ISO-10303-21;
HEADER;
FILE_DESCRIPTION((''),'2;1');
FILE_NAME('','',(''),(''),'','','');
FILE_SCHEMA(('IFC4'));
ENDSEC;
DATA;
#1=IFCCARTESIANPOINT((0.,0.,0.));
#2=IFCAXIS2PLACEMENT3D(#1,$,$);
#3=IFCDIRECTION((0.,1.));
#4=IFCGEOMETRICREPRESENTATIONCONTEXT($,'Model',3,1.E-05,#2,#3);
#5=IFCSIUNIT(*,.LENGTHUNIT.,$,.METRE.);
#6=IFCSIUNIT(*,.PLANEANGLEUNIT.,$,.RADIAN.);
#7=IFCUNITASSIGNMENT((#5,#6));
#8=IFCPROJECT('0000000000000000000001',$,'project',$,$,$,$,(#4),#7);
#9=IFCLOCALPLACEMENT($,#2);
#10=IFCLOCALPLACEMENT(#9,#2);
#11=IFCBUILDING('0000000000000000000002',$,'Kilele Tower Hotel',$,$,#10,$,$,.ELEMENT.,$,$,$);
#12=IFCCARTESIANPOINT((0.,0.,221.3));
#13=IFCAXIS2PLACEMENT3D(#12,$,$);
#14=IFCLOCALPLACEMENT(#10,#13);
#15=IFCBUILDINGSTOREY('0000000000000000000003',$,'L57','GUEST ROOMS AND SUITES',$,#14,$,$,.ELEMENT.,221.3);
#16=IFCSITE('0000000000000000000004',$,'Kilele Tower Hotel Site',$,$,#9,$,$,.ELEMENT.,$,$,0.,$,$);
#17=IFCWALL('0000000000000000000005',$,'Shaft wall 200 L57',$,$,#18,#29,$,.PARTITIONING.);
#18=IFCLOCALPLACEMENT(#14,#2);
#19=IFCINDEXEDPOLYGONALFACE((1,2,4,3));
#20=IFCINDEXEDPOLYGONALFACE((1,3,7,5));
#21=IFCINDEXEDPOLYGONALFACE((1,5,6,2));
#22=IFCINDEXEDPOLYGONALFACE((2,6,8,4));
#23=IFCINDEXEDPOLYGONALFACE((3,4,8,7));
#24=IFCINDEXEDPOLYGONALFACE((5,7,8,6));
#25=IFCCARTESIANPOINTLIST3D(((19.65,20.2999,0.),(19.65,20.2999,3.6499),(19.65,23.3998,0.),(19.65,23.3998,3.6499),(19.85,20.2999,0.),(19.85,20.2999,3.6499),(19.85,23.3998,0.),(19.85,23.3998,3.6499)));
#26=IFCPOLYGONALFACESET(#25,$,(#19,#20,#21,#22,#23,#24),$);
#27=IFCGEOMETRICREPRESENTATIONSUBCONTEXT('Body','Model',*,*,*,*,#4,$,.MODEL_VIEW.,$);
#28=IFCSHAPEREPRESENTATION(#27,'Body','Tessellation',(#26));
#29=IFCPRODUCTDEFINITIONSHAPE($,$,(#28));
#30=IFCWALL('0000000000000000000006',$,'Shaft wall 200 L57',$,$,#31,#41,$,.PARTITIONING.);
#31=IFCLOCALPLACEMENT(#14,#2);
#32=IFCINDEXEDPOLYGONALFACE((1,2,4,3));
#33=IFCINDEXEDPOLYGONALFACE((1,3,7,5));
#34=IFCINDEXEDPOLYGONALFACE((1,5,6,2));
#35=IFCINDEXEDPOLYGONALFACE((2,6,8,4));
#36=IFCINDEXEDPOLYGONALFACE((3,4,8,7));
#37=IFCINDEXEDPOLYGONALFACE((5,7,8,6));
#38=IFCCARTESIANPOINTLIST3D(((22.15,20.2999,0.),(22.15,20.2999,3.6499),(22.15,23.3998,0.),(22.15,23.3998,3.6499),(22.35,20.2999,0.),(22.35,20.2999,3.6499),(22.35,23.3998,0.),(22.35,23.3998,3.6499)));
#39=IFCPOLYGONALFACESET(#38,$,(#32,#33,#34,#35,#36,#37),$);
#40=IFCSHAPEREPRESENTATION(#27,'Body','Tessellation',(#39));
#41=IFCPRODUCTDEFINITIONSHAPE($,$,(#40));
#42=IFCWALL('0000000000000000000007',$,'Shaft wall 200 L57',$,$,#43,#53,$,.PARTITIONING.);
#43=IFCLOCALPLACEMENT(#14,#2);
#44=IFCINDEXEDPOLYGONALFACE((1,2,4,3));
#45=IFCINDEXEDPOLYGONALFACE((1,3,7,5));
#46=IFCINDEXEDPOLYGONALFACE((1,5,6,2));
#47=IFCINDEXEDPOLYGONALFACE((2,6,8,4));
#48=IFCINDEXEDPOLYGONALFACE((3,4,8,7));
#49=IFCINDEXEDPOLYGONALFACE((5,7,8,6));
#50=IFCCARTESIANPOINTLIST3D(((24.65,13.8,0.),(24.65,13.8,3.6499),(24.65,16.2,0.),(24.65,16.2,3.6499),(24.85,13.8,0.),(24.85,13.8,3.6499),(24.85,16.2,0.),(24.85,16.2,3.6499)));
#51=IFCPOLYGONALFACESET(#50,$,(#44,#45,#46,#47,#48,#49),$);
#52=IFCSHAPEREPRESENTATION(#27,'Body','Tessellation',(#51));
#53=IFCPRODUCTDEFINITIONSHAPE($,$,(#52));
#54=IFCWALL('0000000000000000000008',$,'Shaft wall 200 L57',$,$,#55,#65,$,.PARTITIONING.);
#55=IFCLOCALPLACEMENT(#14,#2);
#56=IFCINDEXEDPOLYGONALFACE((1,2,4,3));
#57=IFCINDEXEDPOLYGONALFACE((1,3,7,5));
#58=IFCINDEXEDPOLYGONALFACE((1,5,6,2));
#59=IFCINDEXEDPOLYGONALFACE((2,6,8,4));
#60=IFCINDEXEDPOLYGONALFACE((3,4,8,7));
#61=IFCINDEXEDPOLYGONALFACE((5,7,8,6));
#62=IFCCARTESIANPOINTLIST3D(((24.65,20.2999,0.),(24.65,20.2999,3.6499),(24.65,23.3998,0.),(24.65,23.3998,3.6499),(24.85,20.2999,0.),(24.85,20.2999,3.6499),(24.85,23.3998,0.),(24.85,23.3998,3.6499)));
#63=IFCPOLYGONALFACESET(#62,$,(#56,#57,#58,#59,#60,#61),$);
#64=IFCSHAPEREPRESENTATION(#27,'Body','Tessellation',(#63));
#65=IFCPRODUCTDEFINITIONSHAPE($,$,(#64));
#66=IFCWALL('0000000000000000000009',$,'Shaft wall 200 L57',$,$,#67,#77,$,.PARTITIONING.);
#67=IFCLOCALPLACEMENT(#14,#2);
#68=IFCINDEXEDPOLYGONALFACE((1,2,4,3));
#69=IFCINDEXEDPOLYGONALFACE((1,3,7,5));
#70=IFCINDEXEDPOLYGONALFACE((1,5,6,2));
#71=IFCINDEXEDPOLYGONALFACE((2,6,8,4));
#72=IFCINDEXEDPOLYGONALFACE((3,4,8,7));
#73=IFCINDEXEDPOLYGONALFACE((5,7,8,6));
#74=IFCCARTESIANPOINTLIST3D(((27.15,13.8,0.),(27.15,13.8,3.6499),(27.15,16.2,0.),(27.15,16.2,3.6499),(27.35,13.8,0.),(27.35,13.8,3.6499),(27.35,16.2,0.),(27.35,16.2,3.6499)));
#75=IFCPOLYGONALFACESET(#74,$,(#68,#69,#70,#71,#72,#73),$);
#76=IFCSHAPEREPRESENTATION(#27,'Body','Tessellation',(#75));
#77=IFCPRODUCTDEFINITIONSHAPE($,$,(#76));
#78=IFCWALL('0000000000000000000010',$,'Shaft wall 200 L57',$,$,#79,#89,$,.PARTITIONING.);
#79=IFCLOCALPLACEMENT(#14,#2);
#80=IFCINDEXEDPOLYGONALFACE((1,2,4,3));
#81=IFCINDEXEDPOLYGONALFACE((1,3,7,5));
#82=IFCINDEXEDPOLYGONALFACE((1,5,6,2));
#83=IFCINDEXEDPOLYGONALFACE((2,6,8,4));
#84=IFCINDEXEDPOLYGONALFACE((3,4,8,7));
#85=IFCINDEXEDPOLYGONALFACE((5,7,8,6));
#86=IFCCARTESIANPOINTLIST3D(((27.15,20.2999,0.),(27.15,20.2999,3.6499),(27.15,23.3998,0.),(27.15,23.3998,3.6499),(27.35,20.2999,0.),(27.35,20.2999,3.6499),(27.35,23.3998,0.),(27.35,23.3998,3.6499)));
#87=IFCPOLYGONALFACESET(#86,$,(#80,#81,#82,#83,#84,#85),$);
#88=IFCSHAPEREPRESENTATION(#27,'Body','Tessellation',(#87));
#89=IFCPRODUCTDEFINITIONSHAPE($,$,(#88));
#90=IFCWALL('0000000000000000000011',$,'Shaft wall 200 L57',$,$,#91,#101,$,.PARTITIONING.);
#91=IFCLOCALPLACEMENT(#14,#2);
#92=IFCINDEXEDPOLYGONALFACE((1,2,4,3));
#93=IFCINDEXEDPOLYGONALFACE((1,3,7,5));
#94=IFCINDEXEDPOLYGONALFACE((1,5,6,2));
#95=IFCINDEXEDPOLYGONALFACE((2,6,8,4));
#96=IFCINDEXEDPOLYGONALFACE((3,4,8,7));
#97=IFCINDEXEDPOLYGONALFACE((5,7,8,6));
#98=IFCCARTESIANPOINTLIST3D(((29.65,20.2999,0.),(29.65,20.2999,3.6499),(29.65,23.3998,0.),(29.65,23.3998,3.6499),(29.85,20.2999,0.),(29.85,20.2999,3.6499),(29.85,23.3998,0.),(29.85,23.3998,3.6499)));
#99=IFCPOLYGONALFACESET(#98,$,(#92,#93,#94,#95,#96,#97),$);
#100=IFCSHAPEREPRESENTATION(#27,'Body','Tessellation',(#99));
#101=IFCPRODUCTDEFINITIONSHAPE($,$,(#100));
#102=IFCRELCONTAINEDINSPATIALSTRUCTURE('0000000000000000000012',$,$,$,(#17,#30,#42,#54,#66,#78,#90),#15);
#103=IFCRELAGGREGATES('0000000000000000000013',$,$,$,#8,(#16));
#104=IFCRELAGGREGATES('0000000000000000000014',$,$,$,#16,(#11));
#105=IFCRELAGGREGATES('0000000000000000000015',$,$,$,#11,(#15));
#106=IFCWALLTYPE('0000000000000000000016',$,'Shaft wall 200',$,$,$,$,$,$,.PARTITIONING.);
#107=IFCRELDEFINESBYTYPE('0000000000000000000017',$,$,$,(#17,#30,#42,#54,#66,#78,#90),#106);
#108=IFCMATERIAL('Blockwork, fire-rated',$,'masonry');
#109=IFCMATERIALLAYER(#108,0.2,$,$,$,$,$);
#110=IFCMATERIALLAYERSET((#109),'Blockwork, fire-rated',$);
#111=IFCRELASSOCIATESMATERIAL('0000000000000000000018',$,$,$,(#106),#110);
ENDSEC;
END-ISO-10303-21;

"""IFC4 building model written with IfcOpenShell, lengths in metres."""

from ifc_helpers import new_model, si_unit, direction, frame, frame_2d, origin, place, context, subcontext, project, spatial, rectangle, extrude, material, layer, layer_set, type_object, element, save


model = new_model("IFC4")

# Units and contexts
model_context = context("Model", 3, precision=1e-05, world=origin(), true_north=direction((0.0, 1.0)))
body_context = subcontext(model_context, "Body", "Model", "MODEL_VIEW")
ifc_project = project(units=[si_unit("LENGTHUNIT", "METRE"), si_unit("PLANEANGLEUNIT", "RADIAN")], contexts=[model_context])

# Site, building, storey
site_placement = place(None, origin())
site = spatial("IfcSite", under=ifc_project, at=site_placement, Name="Kilele Tower Hotel Site", CompositionType="ELEMENT", RefElevation=0.0)
building_placement = place(site_placement, origin())
building = spatial("IfcBuilding", under=site, at=building_placement, Name="Kilele Tower Hotel", CompositionType="ELEMENT")
storey_placement = place(building_placement, frame((0.0, 0.0, 221.3)))
storey = spatial("IfcBuildingStorey", under=building, at=storey_placement, Name="L57", Description="GUEST ROOMS AND SUITES", CompositionType="ELEMENT", Elevation=221.3)

# Walls
ifc_material_1 = material(Name="Blockwork, fire-rated", Category="masonry")
ifc_layer_1 = layer(ifc_material_1, 0.2)
ifc_layer_set_1 = layer_set([ifc_layer_1], Name="Blockwork, fire-rated")
wall_type_1 = type_object("IfcWallType", Name="Shaft wall 200", PredefinedType="PARTITIONING", material=ifc_layer_set_1)
for number, where, z_axis, x_axis, name in (
    (1, (19.75, 20.3, 0.0), (0.0, 0.0, 1.0), (0.0, 1.0, 0.0), "Shaft wall 200 L57"),
    (2, (22.25, 20.3, 0.0), (0.0, 0.0, 1.0), (0.0, 1.0, 0.0), "Shaft wall 200 L57"),
):
    element("IfcWall", number, at=place(storey_placement, frame(where, z_axis=z_axis, x_axis=x_axis)), inside=storey, type_object=wall_type_1, Name=name, PredefinedType="PARTITIONING", context=body_context, shape_type="SweptSolid", body=[
        extrude(rectangle(XDim=3.0999, YDim=0.2, at=frame_2d((1.5498, 0.0))), origin(), (0.0, 0.0, 1.0), 3.6499),
    ])
wall_1_placement = place(storey_placement, frame((24.75, 13.8, 0.0), z_axis=(0.0, 0.0, 1.0), x_axis=(0.0, 1.0, 0.0)))
element("IfcWall", 3, at=wall_1_placement, inside=storey, type_object=wall_type_1, Name="Shaft wall 200 L57", PredefinedType="PARTITIONING", context=body_context, shape_type="SweptSolid", body=[
    extrude(rectangle(XDim=2.3999, YDim=0.2, at=frame_2d((1.2, 0.0))), origin(), (0.0, 0.0, 1.0), 3.6499),
])
wall_2_placement = place(storey_placement, frame((24.75, 20.3, 0.0), z_axis=(0.0, 0.0, 1.0), x_axis=(0.0, 1.0, 0.0)))
element("IfcWall", 4, at=wall_2_placement, inside=storey, type_object=wall_type_1, Name="Shaft wall 200 L57", PredefinedType="PARTITIONING", context=body_context, shape_type="SweptSolid", body=[
    extrude(rectangle(XDim=3.0999, YDim=0.2, at=frame_2d((1.5498, 0.0))), origin(), (0.0, 0.0, 1.0), 3.6499),
])
wall_3_placement = place(storey_placement, frame((27.25, 13.8, 0.0), z_axis=(0.0, 0.0, 1.0), x_axis=(0.0, 1.0, 0.0)))
element("IfcWall", 5, at=wall_3_placement, inside=storey, type_object=wall_type_1, Name="Shaft wall 200 L57", PredefinedType="PARTITIONING", context=body_context, shape_type="SweptSolid", body=[
    extrude(rectangle(XDim=2.3999, YDim=0.2, at=frame_2d((1.2, 0.0))), origin(), (0.0, 0.0, 1.0), 3.6499),
])
for number, where, z_axis, x_axis, name in (
    (6, (27.25, 20.3, 0.0), (0.0, 0.0, 1.0), (0.0, 1.0, 0.0), "Shaft wall 200 L57"),
    (7, (29.75, 20.3, 0.0), (0.0, 0.0, 1.0), (0.0, 1.0, 0.0), "Shaft wall 200 L57"),
):
    element("IfcWall", number, at=place(storey_placement, frame(where, z_axis=z_axis, x_axis=x_axis)), inside=storey, type_object=wall_type_1, Name=name, PredefinedType="PARTITIONING", context=body_context, shape_type="SweptSolid", body=[
        extrude(rectangle(XDim=3.0999, YDim=0.2, at=frame_2d((1.5498, 0.0))), origin(), (0.0, 0.0, 1.0), 3.6499),
    ])

save(model, "model.ifc")
